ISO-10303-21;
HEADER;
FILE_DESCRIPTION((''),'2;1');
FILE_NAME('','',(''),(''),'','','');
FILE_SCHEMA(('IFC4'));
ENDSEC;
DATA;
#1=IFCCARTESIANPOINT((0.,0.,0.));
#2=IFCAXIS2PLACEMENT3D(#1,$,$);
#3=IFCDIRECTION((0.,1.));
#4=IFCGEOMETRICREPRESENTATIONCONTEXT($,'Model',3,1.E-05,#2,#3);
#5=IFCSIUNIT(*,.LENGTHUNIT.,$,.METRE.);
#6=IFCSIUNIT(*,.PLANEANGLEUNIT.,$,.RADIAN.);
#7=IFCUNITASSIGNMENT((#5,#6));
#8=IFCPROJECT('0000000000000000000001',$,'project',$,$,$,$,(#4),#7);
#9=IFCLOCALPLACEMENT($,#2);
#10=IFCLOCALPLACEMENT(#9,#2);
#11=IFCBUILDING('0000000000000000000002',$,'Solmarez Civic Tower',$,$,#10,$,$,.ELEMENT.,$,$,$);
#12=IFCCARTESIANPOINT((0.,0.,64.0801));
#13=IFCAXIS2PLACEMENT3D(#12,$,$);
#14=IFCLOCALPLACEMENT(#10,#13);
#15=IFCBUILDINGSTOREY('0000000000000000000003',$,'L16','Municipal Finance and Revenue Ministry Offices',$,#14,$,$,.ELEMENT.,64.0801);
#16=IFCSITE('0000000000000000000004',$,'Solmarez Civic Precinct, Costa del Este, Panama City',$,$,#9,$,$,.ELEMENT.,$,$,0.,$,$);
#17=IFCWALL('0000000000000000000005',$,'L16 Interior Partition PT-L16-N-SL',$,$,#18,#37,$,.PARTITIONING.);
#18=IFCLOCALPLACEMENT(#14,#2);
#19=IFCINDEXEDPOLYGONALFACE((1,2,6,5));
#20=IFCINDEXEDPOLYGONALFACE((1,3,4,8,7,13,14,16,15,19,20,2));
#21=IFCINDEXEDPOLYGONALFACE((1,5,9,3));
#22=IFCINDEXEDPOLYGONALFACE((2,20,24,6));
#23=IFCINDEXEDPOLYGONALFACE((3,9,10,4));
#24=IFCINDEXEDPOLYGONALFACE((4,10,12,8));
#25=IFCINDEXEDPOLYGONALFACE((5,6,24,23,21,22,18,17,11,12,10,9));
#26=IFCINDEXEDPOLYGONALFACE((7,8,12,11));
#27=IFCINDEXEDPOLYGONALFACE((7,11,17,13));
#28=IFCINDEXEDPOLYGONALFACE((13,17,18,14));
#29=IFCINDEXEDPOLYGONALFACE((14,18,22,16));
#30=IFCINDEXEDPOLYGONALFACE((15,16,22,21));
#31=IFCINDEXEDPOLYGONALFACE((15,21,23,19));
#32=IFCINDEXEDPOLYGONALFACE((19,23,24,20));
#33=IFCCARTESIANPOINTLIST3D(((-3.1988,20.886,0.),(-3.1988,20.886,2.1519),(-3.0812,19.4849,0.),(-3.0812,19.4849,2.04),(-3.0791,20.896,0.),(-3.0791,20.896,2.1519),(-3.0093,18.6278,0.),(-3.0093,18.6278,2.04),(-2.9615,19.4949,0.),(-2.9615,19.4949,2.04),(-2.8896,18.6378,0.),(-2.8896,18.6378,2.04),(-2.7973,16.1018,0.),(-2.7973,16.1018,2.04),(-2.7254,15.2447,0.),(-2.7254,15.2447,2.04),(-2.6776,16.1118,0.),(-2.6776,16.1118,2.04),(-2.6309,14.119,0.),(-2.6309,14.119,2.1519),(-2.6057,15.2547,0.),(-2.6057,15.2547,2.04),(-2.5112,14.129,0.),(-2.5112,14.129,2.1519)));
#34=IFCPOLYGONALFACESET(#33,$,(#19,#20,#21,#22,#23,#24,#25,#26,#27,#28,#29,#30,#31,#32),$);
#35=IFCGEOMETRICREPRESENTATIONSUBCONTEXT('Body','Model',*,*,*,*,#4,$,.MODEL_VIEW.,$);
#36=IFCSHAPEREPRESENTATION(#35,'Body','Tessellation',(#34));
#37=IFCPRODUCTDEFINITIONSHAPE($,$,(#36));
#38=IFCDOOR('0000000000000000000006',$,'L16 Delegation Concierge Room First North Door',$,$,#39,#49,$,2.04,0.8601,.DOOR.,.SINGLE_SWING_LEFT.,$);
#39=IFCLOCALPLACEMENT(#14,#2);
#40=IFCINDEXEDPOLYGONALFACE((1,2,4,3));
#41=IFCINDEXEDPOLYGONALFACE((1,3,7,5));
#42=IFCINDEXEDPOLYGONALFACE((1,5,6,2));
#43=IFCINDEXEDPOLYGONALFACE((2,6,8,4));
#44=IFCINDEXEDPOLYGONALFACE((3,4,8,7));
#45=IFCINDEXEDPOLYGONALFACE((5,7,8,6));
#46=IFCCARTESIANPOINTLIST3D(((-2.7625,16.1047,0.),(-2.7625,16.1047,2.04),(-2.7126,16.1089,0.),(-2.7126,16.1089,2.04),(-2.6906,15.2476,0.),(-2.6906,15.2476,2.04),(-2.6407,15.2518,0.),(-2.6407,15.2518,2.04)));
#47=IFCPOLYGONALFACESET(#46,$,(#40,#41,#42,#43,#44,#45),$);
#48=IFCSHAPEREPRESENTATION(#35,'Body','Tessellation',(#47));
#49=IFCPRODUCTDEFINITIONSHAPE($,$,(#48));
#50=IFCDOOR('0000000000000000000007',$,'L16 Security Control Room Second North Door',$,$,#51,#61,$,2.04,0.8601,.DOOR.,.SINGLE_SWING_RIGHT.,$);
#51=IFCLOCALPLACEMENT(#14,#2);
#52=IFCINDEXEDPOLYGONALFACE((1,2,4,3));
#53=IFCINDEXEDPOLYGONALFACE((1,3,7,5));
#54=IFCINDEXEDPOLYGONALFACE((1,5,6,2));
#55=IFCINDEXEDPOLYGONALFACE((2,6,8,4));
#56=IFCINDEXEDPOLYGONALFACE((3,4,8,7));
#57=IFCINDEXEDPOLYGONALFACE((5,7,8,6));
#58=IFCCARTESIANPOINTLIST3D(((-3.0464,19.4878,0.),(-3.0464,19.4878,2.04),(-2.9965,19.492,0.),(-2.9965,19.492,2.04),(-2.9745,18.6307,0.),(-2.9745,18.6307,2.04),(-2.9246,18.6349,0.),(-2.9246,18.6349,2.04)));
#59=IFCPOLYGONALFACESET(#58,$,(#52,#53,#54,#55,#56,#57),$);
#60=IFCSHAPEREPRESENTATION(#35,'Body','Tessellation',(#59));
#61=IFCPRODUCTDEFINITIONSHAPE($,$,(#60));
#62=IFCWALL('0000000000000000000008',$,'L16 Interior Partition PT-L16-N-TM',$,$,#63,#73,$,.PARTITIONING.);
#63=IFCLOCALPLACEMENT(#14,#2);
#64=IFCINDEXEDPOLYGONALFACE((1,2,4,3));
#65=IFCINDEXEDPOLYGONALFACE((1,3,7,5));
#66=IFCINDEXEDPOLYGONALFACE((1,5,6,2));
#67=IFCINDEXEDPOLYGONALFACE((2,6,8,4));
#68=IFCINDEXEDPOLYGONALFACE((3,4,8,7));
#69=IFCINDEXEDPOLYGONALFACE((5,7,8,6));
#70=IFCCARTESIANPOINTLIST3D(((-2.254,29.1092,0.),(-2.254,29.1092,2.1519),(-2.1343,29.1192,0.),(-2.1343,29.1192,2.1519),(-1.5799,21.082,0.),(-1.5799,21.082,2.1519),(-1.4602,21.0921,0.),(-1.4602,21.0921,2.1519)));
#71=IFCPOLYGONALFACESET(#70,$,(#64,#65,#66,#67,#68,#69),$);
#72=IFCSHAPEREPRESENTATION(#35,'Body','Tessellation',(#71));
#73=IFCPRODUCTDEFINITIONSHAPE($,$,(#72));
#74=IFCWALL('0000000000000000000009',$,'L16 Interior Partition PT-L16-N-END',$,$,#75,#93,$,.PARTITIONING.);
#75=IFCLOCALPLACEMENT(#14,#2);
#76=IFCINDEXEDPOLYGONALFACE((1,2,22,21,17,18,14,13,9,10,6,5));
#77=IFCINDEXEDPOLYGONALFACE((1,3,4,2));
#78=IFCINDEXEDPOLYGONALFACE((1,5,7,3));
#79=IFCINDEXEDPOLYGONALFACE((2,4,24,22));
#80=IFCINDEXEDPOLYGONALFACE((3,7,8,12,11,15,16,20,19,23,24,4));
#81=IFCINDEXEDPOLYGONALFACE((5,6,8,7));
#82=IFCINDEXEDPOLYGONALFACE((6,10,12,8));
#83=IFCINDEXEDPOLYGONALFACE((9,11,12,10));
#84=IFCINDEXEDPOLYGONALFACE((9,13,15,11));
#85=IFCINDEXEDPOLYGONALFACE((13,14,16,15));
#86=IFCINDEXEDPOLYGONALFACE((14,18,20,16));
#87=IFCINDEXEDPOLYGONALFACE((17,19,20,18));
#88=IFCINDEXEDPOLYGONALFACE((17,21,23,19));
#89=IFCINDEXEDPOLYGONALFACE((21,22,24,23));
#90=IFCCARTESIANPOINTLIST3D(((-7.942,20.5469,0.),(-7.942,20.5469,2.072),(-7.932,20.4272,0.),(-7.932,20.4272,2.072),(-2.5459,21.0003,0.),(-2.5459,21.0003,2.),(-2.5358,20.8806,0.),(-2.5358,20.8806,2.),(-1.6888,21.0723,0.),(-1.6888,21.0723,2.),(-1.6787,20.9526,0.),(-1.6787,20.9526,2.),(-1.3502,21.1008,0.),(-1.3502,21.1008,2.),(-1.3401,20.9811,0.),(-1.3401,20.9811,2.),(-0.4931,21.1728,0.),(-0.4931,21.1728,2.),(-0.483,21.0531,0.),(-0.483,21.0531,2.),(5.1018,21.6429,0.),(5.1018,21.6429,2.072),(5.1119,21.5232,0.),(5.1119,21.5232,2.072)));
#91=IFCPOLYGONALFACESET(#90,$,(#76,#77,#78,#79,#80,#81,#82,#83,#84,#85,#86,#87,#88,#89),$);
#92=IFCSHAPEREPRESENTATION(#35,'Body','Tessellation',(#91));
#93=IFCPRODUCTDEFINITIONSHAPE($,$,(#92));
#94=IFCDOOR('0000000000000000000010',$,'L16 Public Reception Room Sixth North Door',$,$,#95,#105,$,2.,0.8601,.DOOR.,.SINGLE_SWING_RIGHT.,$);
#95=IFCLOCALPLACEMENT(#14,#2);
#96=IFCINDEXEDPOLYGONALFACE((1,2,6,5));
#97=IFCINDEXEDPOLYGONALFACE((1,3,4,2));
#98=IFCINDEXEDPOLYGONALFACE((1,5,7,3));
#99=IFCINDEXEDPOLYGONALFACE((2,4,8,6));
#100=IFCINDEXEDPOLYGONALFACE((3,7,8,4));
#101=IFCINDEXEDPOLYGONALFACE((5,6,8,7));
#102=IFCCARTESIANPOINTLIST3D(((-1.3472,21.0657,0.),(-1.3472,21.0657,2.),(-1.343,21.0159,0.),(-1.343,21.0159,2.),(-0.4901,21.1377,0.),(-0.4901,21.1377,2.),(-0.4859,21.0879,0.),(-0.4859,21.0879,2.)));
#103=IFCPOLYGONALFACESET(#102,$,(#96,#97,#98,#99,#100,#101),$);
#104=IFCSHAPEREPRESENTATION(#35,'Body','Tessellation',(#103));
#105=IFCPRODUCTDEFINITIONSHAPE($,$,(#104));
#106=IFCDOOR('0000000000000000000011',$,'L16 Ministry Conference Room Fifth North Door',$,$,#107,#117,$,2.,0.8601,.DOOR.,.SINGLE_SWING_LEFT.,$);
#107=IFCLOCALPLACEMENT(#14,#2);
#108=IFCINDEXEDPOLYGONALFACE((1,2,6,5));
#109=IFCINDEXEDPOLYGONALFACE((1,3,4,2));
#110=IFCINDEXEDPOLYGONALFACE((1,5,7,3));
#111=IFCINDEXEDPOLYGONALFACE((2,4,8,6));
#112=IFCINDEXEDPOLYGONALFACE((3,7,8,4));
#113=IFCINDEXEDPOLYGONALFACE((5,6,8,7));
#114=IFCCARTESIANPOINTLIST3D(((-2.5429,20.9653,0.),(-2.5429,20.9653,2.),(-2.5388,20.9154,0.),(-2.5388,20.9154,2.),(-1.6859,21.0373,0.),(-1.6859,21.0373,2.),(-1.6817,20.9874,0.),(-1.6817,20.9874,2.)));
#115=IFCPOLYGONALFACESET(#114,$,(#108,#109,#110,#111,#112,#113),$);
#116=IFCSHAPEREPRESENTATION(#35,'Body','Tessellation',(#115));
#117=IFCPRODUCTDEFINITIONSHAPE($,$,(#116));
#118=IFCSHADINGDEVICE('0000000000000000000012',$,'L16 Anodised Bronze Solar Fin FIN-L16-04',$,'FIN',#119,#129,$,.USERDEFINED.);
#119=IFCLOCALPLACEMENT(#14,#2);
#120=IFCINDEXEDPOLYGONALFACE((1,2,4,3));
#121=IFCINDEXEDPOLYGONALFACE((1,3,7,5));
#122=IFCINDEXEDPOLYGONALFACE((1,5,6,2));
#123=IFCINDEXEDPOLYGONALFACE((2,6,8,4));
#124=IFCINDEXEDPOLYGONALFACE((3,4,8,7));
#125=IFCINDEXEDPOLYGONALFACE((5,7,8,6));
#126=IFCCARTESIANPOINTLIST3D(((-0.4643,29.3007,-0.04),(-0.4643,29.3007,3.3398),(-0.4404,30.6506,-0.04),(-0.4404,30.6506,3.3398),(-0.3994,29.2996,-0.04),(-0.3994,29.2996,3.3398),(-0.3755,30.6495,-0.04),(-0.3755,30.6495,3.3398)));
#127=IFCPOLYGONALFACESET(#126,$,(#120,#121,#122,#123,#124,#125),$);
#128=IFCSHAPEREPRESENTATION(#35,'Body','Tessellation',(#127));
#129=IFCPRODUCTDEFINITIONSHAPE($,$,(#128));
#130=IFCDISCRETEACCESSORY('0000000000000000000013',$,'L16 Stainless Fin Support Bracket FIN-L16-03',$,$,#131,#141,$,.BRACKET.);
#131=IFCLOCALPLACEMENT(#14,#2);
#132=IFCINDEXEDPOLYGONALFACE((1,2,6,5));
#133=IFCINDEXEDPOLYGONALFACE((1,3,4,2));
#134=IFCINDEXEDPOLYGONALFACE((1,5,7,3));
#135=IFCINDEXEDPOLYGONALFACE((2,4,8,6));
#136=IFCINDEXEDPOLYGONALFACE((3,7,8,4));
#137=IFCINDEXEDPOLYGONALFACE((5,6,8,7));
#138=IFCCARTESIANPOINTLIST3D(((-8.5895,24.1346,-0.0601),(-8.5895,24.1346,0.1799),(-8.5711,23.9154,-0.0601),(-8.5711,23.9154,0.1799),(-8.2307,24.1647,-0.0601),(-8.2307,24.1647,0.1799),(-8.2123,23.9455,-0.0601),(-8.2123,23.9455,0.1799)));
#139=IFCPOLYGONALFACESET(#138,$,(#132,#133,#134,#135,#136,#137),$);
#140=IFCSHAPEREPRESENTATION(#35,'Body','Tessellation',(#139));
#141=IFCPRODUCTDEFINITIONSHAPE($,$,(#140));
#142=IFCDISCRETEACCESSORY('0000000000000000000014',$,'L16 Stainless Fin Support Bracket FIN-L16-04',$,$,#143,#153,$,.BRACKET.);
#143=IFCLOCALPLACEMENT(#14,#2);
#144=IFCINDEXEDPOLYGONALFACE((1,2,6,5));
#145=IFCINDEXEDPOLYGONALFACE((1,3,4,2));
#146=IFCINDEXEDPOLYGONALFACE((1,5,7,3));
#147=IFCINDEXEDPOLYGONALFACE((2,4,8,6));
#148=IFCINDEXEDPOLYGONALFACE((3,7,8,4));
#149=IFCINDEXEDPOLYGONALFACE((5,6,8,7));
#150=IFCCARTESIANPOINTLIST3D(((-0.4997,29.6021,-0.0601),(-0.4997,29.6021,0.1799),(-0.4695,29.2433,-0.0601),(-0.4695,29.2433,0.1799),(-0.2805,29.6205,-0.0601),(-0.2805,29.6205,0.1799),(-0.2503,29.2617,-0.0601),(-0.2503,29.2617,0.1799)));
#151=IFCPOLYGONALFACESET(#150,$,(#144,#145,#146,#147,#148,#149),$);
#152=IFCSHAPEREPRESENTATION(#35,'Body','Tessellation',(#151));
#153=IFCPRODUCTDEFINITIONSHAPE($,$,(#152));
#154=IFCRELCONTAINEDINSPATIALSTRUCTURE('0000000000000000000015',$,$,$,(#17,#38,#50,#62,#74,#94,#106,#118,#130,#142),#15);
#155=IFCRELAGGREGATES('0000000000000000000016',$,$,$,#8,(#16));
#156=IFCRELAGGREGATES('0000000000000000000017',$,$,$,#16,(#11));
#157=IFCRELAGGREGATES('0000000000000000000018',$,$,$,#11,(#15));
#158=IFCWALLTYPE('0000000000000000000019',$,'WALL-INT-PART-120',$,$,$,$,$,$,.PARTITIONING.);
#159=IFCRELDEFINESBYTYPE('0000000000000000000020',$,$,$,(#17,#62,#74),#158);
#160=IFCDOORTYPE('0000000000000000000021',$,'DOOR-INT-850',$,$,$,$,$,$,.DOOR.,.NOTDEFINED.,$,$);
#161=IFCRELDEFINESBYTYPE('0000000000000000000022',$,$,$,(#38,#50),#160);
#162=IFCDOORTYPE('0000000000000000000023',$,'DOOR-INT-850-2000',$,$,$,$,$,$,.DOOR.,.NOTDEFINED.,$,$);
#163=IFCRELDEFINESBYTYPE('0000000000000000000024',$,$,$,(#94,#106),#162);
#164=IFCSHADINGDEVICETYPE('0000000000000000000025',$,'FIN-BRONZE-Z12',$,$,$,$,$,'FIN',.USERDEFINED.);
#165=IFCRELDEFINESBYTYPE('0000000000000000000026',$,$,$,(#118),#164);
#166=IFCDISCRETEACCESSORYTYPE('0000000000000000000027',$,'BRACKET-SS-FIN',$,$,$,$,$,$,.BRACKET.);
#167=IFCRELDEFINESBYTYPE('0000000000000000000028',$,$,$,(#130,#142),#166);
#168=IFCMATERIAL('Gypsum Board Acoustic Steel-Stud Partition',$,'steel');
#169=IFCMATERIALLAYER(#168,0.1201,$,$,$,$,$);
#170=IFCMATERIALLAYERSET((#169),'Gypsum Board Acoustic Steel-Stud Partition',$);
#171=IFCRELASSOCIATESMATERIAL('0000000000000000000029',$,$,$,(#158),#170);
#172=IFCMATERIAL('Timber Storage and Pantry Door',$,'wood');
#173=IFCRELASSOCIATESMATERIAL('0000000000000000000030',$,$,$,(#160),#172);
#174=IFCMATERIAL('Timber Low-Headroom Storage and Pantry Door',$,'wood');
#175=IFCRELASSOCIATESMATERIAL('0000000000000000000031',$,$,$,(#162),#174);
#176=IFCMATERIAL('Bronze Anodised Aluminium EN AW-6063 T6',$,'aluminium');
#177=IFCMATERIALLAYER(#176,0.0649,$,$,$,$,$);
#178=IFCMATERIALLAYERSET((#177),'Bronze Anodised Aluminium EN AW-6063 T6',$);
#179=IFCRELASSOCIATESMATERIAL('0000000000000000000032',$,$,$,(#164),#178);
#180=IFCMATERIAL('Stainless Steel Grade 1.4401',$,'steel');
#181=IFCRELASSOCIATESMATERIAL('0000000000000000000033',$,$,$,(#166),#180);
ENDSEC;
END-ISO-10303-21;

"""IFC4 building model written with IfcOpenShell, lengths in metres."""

from ifc_helpers import new_model, si_unit, direction, frame, frame_2d, origin, origin_2d, place, context, subcontext, project, spatial, rectangle, extrude, material, layer, layer_set, type_object, element, fill, save


model = new_model("IFC4")

# Units and contexts
model_context = context("Model", 3, precision=1e-05, world=origin(), true_north=direction((0.0, 1.0)))
body_context = subcontext(model_context, "Body", "Model", "MODEL_VIEW")
ifc_project = project(units=[si_unit("LENGTHUNIT", "METRE"), si_unit("PLANEANGLEUNIT", "RADIAN")], contexts=[model_context])

# Site, building, storey
site_placement = place(None, origin())
site = spatial("IfcSite", under=ifc_project, at=site_placement, Name="Solmarez Civic Precinct, Costa del Este, Panama City", CompositionType="ELEMENT", RefElevation=0.0)
building_placement = place(site_placement, origin())
building = spatial("IfcBuilding", under=site, at=building_placement, Name="Solmarez Civic Tower", CompositionType="ELEMENT")
storey_placement = place(building_placement, frame((0.0, 0.0, 64.0801)))
storey = spatial("IfcBuildingStorey", under=building, at=storey_placement, Name="L16", Description="Municipal Finance and Revenue Ministry Offices", CompositionType="ELEMENT", Elevation=64.0801)

# Shared definitions
ifc_material_1 = material(Name="Gypsum Board Acoustic Steel-Stud Partition", Category="steel")
ifc_layer_1 = layer(ifc_material_1, 0.1201)
ifc_layer_set_1 = layer_set([ifc_layer_1], Name="Gypsum Board Acoustic Steel-Stud Partition")
wall_type_1 = type_object("IfcWallType", Name="WALL-INT-PART-120", PredefinedType="PARTITIONING", material=ifc_layer_set_1)

# Wall, openings, doors
wall_1_placement = place(storey_placement, frame((-3.1389, 20.8911, 0.0), z_axis=(0.0, 0.0, 1.0), x_axis=(0.083623, -0.996497, 0.0)))
wall_1 = element("IfcWall", 1, at=wall_1_placement, inside=storey, type_object=wall_type_1, Name="L16 Interior Partition PT-L16-N-SL", PredefinedType="PARTITIONING", context=body_context, shape_type="SweptSolid", body=[
    extrude(rectangle(XDim=6.7908, YDim=0.1201, at=frame_2d((3.3955, 0.0))), origin(), (0.0, 0.0, 1.0), 2.1519),
])
opening_1_placement = place(wall_1_placement, frame((4.801, 0.0, 0.0)))
opening_1 = element("IfcOpeningElement", 2, at=opening_1_placement, cuts=wall_1, PredefinedType="OPENING", context=body_context, shape_type="SweptSolid", body=[
    extrude(rectangle(XDim=0.8601, YDim=2.04, at=frame_2d((0.4302, 1.02))), frame((0.0, 0.0701, 0.0), z_axis=(0.0, -1.0, 0.0), x_axis=(1.0, 0.0, 0.0)), (0.0, 0.0, 1.0), 0.1401),
])
opening_2_placement = place(wall_1_placement, frame((1.406, 0.0, 0.0)))
opening_2 = element("IfcOpeningElement", 3, at=opening_2_placement, cuts=wall_1, PredefinedType="OPENING", context=body_context, shape_type="SweptSolid", body=[
    extrude(rectangle(XDim=0.8601, YDim=2.04, at=frame_2d((0.4302, 1.02))), frame((0.0, 0.0701, 0.0), z_axis=(0.0, -1.0, 0.0), x_axis=(1.0, 0.0, 0.0)), (0.0, 0.0, 1.0), 0.1401),
])
ifc_material_2 = material(Name="Timber Storage and Pantry Door", Category="wood")
door_type_1 = type_object("IfcDoorType", Name="DOOR-INT-850", OperationType="NOTDEFINED", PredefinedType="DOOR", material=ifc_material_2)
door_1_placement = place(opening_1_placement, origin())
door_1 = element("IfcDoor", 4, at=door_1_placement, inside=storey, type_object=door_type_1, Name="L16 Delegation Concierge Room First North Door", OperationType="SINGLE_SWING_LEFT", OverallHeight=2.04, OverallWidth=0.8601, PredefinedType="DOOR", context=body_context, shape_type="SweptSolid", body=[
    extrude(rectangle(XDim=0.8601, YDim=2.04, at=frame_2d((0.4302, 1.02))), frame((0.0, 0.0249, 0.0), z_axis=(0.0, -1.0, 0.0), x_axis=(1.0, 0.0, 0.0)), (0.0, 0.0, 1.0), 0.05),
])
fill(opening_1, door_1)
door_2_placement = place(opening_2_placement, origin())
door_2 = element("IfcDoor", 5, at=door_2_placement, inside=storey, type_object=door_type_1, Name="L16 Security Control Room Second North Door", OperationType="SINGLE_SWING_RIGHT", OverallHeight=2.04, OverallWidth=0.8601, PredefinedType="DOOR", context=body_context, shape_type="SweptSolid", body=[
    extrude(rectangle(XDim=0.8601, YDim=2.04, at=frame_2d((0.4302, 1.02))), frame((0.0, 0.0249, 0.0), z_axis=(0.0, -1.0, 0.0), x_axis=(1.0, 0.0, 0.0)), (0.0, 0.0, 1.0), 0.05),
])
fill(opening_2, door_2)

# Wall
wall_2_placement = place(storey_placement, frame((-1.52, 21.0869, 0.0), z_axis=(0.0, 0.0, 1.0), x_axis=(-0.08368, 0.996493, 0.0)))
element("IfcWall", 6, at=wall_2_placement, inside=storey, type_object=wall_type_1, Name="L16 Interior Partition PT-L16-N-TM", PredefinedType="PARTITIONING", context=body_context, shape_type="SweptSolid", body=[
    extrude(rectangle(XDim=8.0554, YDim=0.1201, at=frame_2d((4.0278, 0.0))), origin(), (0.0, 0.0, 1.0), 2.1519),
])

# Wall, openings, doors
wall_3_placement = place(storey_placement, frame((-7.937, 20.4871, 0.0), z_axis=(0.0, 0.0, 1.0), x_axis=(0.996489, 0.083725, 0.0)))
wall_3 = element("IfcWall", 7, at=wall_3_placement, inside=storey, type_object=wall_type_1, Name="L16 Interior Partition PT-L16-N-END", PredefinedType="PARTITIONING", context=body_context, shape_type="SweptSolid", body=[
    extrude(rectangle(XDim=13.0898, YDim=0.1201, at=frame_2d((6.5449, 0.0))), origin(), (0.0, 0.0, 1.0), 2.072),
])
opening_3_placement = place(wall_3_placement, frame((6.615, 0.0, 0.0)))
opening_3 = element("IfcOpeningElement", 8, at=opening_3_placement, cuts=wall_3, PredefinedType="OPENING", context=body_context, shape_type="SweptSolid", body=[
    extrude(rectangle(XDim=0.8601, YDim=2.0, at=frame_2d((0.4302, 1.0))), frame((0.0, 0.0701, 0.0), z_axis=(0.0, -1.0, 0.0), x_axis=(1.0, 0.0, 0.0)), (0.0, 0.0, 1.0), 0.1401),
])
opening_4_placement = place(wall_3_placement, frame((5.415, 0.0, 0.0)))
opening_4 = element("IfcOpeningElement", 9, at=opening_4_placement, cuts=wall_3, PredefinedType="OPENING", context=body_context, shape_type="SweptSolid", body=[
    extrude(rectangle(XDim=0.8601, YDim=2.0, at=frame_2d((0.4302, 1.0))), frame((0.0, 0.0701, 0.0), z_axis=(0.0, -1.0, 0.0), x_axis=(1.0, 0.0, 0.0)), (0.0, 0.0, 1.0), 0.1401),
])
ifc_material_3 = material(Name="Timber Low-Headroom Storage and Pantry Door", Category="wood")
door_type_2 = type_object("IfcDoorType", Name="DOOR-INT-850-2000", OperationType="NOTDEFINED", PredefinedType="DOOR", material=ifc_material_3)
door_3_placement = place(opening_3_placement, origin())
door_3 = element("IfcDoor", 10, at=door_3_placement, inside=storey, type_object=door_type_2, Name="L16 Public Reception Room Sixth North Door", OperationType="SINGLE_SWING_RIGHT", OverallHeight=2.0, OverallWidth=0.8601, PredefinedType="DOOR", context=body_context, shape_type="SweptSolid", body=[
    extrude(rectangle(XDim=0.8601, YDim=2.0, at=frame_2d((0.4302, 1.0))), frame((0.0, 0.0249, 0.0), z_axis=(0.0, -1.0, 0.0), x_axis=(1.0, 0.0, 0.0)), (0.0, 0.0, 1.0), 0.05),
])
fill(opening_3, door_3)
door_4_placement = place(opening_4_placement, origin())
door_4 = element("IfcDoor", 11, at=door_4_placement, inside=storey, type_object=door_type_2, Name="L16 Ministry Conference Room Fifth North Door", OperationType="SINGLE_SWING_LEFT", OverallHeight=2.0, OverallWidth=0.8601, PredefinedType="DOOR", context=body_context, shape_type="SweptSolid", body=[
    extrude(rectangle(XDim=0.8601, YDim=2.0, at=frame_2d((0.4302, 1.0))), frame((0.0, 0.0249, 0.0), z_axis=(0.0, -1.0, 0.0), x_axis=(1.0, 0.0, 0.0)), (0.0, 0.0, 1.0), 0.05),
])
fill(opening_4, door_4)

# Shading device
ifc_material_4 = material(Name="Bronze Anodised Aluminium EN AW-6063 T6", Category="aluminium")
ifc_layer_2 = layer(ifc_material_4, 0.0649)
ifc_layer_set_2 = layer_set([ifc_layer_2], Name="Bronze Anodised Aluminium EN AW-6063 T6")
shading_device_type = type_object("IfcShadingDeviceType", Name="FIN-BRONZE-Z12", ElementType="FIN", PredefinedType="USERDEFINED", material=ifc_layer_set_2)
shading_device_placement = place(storey_placement, frame((-0.4199, 29.9751, -0.04), z_axis=(0.0, 0.0, 1.0), x_axis=(0.017714, 0.999843, 0.0)))
element("IfcShadingDevice", 12, at=shading_device_placement, inside=storey, type_object=shading_device_type, Name="L16 Anodised Bronze Solar Fin FIN-L16-04", ObjectType="FIN", PredefinedType="USERDEFINED", context=body_context, shape_type="SweptSolid", body=[
    extrude(rectangle(XDim=1.3501, YDim=0.0649, at=origin_2d()), origin(), (0.0, 0.0, 1.0), 3.3799),
])

# Discrete accessories
ifc_material_5 = material(Name="Stainless Steel Grade 1.4401", Category="steel")
discrete_accessory_type = type_object("IfcDiscreteAccessoryType", Name="BRACKET-SS-FIN", PredefinedType="BRACKET", material=ifc_material_5)
for number, where, z_axis, x_axis, name in (
    (13, (-8.4009, 24.04, -0.0601), (0.0, 0.0, 1.0), (-0.996495, -0.083647, 0.0), "L16 Stainless Fin Support Bracket FIN-L16-03"),
    (14, (-0.375, 29.4319, -0.0601), (0.0, 0.0, 1.0), (-0.08365, 0.996495, 0.0), "L16 Stainless Fin Support Bracket FIN-L16-04"),
):
    element("IfcDiscreteAccessory", number, at=place(storey_placement, frame(where, z_axis=z_axis, x_axis=x_axis)), inside=storey, type_object=discrete_accessory_type, Name=name, PredefinedType="BRACKET", context=body_context, shape_type="SweptSolid", body=[
        extrude(rectangle(XDim=0.3601, YDim=0.22, at=origin_2d()), origin(), (0.0, 0.0, 1.0), 0.24),
    ])

save(model, "model.ifc")
